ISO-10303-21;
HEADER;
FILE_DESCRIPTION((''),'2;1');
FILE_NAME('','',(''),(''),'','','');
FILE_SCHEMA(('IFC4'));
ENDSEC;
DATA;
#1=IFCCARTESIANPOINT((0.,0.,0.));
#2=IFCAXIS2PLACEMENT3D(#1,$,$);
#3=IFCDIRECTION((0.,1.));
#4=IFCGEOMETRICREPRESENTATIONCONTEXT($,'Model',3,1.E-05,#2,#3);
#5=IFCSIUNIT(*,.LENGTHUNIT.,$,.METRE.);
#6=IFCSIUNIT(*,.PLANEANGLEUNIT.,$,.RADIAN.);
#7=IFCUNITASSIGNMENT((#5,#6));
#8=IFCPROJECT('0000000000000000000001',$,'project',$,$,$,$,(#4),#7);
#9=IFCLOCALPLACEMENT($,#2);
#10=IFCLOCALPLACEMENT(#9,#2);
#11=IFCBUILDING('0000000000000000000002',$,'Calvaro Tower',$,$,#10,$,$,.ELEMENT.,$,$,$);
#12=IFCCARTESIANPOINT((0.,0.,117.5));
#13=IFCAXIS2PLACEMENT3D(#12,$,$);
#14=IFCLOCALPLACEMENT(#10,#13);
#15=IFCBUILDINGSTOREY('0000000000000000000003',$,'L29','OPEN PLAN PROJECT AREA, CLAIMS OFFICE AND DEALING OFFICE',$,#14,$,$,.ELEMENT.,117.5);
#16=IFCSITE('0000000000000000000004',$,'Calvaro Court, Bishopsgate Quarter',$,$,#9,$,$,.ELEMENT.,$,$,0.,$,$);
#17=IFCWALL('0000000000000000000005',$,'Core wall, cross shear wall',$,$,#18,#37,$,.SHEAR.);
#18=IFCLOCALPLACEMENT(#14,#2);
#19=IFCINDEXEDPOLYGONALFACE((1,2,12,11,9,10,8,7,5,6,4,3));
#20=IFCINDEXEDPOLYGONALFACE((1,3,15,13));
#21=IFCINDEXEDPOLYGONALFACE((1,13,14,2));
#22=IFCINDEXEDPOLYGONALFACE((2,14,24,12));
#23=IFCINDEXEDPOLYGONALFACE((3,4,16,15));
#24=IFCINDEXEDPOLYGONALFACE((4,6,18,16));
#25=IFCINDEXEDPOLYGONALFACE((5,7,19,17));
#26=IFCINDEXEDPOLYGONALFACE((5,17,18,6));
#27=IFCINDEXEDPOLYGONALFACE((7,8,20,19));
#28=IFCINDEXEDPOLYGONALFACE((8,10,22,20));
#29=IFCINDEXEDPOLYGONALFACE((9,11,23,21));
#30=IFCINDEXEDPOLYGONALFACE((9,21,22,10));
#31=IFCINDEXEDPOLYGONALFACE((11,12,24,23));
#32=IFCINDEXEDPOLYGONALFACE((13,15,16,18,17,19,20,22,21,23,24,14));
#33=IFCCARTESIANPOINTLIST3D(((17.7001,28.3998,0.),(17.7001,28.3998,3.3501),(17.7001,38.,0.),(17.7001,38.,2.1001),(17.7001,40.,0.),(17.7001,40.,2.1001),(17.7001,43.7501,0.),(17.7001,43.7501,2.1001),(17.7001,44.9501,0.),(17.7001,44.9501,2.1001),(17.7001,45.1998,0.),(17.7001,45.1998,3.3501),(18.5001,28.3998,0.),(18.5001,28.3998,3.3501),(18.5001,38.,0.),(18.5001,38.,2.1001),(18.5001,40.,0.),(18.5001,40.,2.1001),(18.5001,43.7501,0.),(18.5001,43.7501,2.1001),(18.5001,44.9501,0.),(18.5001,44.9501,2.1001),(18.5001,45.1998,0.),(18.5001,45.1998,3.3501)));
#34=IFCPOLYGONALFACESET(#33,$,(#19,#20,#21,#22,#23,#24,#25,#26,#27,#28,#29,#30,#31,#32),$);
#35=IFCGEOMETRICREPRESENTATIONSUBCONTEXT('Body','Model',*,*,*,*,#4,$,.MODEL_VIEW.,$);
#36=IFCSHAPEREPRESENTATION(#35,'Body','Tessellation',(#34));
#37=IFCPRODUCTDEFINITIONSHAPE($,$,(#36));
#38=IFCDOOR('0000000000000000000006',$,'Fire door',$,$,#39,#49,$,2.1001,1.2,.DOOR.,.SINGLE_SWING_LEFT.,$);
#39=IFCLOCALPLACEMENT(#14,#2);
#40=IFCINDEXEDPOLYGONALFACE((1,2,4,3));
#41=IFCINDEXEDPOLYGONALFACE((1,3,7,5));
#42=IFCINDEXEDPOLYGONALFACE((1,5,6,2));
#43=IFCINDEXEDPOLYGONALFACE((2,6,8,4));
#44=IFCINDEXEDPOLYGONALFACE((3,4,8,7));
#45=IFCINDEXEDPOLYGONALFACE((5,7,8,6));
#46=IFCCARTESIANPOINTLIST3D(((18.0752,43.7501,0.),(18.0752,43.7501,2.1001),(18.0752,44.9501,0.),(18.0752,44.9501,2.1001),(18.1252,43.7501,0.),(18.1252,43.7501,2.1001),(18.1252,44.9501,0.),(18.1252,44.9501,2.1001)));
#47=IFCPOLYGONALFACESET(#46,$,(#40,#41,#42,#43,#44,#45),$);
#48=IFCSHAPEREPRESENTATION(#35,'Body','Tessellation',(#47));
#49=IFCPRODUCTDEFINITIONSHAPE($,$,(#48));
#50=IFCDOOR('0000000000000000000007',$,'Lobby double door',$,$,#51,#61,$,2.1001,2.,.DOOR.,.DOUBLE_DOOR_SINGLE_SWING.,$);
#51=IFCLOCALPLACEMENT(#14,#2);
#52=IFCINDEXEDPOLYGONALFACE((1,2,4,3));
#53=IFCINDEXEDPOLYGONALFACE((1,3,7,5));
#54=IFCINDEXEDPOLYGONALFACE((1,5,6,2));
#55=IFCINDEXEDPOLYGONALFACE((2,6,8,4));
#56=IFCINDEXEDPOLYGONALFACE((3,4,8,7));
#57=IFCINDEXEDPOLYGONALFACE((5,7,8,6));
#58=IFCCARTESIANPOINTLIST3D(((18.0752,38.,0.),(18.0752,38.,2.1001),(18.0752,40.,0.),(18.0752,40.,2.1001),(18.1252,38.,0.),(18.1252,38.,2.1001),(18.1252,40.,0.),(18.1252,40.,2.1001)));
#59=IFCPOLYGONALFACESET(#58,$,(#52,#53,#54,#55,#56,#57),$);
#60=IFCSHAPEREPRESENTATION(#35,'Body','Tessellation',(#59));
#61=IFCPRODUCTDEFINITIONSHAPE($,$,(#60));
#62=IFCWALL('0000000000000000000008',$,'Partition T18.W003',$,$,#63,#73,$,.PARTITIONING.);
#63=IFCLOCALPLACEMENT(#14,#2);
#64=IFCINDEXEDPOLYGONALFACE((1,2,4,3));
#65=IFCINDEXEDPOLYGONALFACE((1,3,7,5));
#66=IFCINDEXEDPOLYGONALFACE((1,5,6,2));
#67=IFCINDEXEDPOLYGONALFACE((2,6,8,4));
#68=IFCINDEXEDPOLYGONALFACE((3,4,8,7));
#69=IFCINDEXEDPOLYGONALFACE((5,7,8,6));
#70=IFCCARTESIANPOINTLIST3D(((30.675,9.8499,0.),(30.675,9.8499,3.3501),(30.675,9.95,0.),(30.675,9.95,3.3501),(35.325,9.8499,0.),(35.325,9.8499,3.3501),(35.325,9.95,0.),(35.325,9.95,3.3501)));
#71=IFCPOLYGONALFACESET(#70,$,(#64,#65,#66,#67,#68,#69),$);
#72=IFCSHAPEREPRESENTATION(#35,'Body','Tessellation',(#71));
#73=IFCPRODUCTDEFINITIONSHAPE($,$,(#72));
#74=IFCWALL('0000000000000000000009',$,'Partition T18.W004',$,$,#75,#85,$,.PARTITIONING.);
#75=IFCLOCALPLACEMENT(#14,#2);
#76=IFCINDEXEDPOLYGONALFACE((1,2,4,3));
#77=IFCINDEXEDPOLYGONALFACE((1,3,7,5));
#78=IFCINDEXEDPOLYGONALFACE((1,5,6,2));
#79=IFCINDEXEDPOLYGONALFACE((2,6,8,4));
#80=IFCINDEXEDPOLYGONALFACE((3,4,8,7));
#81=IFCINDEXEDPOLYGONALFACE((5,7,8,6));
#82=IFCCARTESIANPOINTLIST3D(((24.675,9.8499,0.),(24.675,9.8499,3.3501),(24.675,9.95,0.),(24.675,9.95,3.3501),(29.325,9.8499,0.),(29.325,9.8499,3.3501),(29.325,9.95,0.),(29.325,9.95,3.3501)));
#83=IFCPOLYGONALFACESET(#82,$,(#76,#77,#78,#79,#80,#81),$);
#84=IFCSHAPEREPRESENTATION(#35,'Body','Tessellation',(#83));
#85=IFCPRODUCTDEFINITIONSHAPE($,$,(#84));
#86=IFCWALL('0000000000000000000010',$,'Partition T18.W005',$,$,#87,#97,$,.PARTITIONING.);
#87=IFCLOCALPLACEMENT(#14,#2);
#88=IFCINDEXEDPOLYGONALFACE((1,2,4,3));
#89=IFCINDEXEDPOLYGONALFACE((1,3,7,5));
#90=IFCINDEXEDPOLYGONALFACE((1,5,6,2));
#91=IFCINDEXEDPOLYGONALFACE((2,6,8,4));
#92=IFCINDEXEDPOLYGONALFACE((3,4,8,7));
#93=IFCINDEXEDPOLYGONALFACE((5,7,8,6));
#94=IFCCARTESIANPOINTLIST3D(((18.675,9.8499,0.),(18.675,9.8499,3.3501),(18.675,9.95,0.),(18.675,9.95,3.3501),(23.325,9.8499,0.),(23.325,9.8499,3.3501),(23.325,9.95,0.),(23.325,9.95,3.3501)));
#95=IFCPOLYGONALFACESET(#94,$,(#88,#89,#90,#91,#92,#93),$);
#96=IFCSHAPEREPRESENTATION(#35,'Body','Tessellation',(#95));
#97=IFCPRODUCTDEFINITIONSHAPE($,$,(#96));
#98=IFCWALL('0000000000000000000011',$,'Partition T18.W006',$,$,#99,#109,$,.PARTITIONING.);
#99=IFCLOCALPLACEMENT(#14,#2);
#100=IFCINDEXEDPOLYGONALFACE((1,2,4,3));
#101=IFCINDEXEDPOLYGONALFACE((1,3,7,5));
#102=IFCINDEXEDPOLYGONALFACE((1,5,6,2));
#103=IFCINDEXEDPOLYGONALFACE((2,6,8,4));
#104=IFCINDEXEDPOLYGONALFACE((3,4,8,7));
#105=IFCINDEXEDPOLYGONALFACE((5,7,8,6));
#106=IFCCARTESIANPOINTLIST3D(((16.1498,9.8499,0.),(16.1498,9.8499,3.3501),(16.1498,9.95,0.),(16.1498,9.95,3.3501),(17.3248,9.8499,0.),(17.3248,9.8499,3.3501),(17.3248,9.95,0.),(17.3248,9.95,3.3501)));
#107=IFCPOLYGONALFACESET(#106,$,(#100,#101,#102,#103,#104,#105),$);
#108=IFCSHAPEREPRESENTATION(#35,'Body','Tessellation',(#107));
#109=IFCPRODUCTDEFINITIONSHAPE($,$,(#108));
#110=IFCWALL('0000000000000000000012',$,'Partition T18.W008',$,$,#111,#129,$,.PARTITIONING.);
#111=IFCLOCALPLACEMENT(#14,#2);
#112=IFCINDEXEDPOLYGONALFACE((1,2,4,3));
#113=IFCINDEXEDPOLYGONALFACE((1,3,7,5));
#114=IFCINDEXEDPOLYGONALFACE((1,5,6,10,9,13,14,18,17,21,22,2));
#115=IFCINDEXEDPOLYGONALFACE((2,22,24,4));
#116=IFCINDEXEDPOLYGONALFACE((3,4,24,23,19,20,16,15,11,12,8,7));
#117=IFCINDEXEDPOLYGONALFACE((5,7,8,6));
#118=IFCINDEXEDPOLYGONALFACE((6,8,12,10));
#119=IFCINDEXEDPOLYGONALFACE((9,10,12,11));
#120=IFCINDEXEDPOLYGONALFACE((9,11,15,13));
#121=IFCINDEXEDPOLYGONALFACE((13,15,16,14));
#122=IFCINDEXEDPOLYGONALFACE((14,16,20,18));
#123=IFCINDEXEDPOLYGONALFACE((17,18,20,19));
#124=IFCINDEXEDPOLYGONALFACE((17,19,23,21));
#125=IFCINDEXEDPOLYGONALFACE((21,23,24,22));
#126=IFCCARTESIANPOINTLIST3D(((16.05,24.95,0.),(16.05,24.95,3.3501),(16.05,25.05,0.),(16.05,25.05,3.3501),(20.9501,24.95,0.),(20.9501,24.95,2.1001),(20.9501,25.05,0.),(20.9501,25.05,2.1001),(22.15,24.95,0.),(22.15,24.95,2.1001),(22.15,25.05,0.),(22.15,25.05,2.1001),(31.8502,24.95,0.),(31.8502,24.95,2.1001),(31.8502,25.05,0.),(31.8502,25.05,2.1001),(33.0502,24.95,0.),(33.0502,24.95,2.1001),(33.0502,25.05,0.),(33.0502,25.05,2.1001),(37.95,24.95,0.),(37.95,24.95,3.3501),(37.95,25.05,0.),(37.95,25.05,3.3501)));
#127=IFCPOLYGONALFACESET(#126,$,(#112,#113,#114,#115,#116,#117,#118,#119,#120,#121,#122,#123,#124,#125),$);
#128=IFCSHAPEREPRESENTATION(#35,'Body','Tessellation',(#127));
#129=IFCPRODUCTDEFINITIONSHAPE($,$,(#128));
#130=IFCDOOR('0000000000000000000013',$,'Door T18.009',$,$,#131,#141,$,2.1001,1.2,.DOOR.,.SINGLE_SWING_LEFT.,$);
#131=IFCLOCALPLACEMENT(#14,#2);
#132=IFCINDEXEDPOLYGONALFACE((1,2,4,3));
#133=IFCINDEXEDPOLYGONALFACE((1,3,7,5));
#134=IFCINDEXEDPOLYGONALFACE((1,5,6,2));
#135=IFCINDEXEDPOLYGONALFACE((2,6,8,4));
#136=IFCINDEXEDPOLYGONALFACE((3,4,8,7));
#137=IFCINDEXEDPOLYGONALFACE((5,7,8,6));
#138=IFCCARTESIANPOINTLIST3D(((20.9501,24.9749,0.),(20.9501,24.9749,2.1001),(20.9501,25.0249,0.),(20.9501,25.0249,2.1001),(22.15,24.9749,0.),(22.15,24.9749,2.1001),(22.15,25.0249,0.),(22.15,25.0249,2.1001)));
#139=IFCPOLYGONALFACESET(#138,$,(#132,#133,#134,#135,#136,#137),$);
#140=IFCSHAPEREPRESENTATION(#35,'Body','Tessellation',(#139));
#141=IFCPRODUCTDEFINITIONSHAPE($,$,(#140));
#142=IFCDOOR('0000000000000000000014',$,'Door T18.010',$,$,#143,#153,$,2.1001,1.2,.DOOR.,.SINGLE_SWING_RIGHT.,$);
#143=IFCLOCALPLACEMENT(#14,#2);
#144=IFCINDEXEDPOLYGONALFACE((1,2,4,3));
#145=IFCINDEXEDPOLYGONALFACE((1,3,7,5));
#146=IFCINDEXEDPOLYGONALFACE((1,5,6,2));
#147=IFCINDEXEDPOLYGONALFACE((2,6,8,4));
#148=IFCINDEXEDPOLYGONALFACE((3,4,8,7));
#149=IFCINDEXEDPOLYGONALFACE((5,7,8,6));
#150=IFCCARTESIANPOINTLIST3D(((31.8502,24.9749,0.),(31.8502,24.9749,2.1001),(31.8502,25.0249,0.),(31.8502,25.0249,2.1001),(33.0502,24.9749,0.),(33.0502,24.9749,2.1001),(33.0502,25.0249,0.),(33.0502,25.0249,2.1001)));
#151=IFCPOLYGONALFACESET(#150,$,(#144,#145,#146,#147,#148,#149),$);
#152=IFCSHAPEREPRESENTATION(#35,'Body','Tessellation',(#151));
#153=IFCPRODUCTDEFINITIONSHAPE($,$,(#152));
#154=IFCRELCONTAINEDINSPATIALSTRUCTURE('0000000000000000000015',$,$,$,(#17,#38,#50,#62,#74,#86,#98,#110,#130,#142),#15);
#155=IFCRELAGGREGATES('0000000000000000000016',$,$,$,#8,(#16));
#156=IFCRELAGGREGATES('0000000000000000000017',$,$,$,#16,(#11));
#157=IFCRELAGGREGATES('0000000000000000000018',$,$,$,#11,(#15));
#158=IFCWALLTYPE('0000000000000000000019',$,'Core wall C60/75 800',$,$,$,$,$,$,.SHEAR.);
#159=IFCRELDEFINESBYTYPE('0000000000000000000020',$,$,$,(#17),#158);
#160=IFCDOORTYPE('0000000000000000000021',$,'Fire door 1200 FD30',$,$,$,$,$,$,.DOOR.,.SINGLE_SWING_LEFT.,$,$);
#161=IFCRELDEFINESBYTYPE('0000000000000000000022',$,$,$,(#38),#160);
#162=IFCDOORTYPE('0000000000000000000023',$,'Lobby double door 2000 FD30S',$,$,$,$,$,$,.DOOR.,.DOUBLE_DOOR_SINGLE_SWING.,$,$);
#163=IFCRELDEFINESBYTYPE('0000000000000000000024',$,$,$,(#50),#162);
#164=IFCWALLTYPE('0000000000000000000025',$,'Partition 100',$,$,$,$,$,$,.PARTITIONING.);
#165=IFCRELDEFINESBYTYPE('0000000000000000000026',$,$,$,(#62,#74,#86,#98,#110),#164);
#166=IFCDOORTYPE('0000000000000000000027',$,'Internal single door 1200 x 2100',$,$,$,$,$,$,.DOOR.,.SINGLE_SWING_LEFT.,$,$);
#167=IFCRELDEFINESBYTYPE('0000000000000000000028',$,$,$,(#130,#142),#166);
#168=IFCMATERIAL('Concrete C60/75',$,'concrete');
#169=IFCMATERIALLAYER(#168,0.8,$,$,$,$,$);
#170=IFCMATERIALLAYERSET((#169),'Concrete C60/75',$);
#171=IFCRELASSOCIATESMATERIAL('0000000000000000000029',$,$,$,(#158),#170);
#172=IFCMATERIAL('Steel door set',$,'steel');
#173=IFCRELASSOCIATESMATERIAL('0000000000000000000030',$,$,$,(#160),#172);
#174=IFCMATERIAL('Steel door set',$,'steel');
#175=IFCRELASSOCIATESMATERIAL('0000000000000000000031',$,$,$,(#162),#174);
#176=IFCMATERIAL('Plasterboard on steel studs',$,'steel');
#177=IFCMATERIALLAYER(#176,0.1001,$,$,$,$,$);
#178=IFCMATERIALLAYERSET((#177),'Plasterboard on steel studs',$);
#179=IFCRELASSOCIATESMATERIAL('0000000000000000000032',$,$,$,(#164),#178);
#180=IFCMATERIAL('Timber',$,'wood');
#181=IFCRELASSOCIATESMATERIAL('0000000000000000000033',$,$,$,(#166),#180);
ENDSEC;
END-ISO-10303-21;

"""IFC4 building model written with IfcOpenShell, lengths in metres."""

from ifc_helpers import new_model, si_unit, direction, frame, frame_2d, origin, place, context, subcontext, project, spatial, rectangle, extrude, material, layer, layer_set, type_object, element, fill, save


model = new_model("IFC4")

# Units and contexts
model_context = context("Model", 3, precision=1e-05, world=origin(), true_north=direction((0.0, 1.0)))
body_context = subcontext(model_context, "Body", "Model", "MODEL_VIEW")
ifc_project = project(units=[si_unit("LENGTHUNIT", "METRE"), si_unit("PLANEANGLEUNIT", "RADIAN")], contexts=[model_context])

# Site, building, storey
site_placement = place(None, origin())
site = spatial("IfcSite", under=ifc_project, at=site_placement, Name="Calvaro Court, Bishopsgate Quarter", CompositionType="ELEMENT", RefElevation=0.0)
building_placement = place(site_placement, origin())
building = spatial("IfcBuilding", under=site, at=building_placement, Name="Calvaro Tower", CompositionType="ELEMENT")
storey_placement = place(building_placement, frame((0.0, 0.0, 117.5)))
storey = spatial("IfcBuildingStorey", under=building, at=storey_placement, Name="L29", Description="OPEN PLAN PROJECT AREA, CLAIMS OFFICE AND DEALING OFFICE", CompositionType="ELEMENT", Elevation=117.5)

# Wall, openings, doors
ifc_material_1 = material(Name="Concrete C60/75", Category="concrete")
ifc_layer_1 = layer(ifc_material_1, 0.8)
ifc_layer_set_1 = layer_set([ifc_layer_1], Name="Concrete C60/75")
wall_type_1 = type_object("IfcWallType", Name="Core wall C60/75 800", PredefinedType="SHEAR", material=ifc_layer_set_1)
wall_1_placement = place(storey_placement, frame((18.1001, 28.3999, 0.0), z_axis=(0.0, 0.0, 1.0), x_axis=(0.0, 1.0, 0.0)))
wall_1 = element("IfcWall", 1, at=wall_1_placement, inside=storey, type_object=wall_type_1, Name="Core wall, cross shear wall", PredefinedType="SHEAR", context=body_context, shape_type="SweptSolid", body=[
    extrude(rectangle(XDim=16.8, YDim=0.8, at=frame_2d((8.3999, 0.0))), origin(), (0.0, 0.0, 1.0), 3.3501),
])
opening_1_placement = place(wall_1_placement, frame((9.6001, 0.0, 0.0)))
opening_1 = element("IfcOpeningElement", 2, at=opening_1_placement, cuts=wall_1, PredefinedType="OPENING", context=body_context, shape_type="SweptSolid", body=[
    extrude(rectangle(XDim=2.0, YDim=2.1001, at=frame_2d((1.0, 1.05))), frame((0.0, 0.4099, 0.0), z_axis=(0.0, -1.0, 0.0), x_axis=(1.0, 0.0, 0.0)), (0.0, 0.0, 1.0), 0.8201),
])
opening_2_placement = place(wall_1_placement, frame((15.3501, 0.0, 0.0)))
opening_2 = element("IfcOpeningElement", 3, at=opening_2_placement, cuts=wall_1, PredefinedType="OPENING", context=body_context, shape_type="SweptSolid", body=[
    extrude(rectangle(XDim=1.2, YDim=2.1001, at=frame_2d((0.6001, 1.05))), frame((0.0, 0.4099, 0.0), z_axis=(0.0, -1.0, 0.0), x_axis=(1.0, 0.0, 0.0)), (0.0, 0.0, 1.0), 0.8201),
])
ifc_material_2 = material(Name="Steel door set", Category="steel")
door_type_1 = type_object("IfcDoorType", Name="Fire door 1200 FD30", OperationType="SINGLE_SWING_LEFT", PredefinedType="DOOR", material=ifc_material_2)
door_1_placement = place(opening_2_placement, origin())
door_1 = element("IfcDoor", 4, at=door_1_placement, inside=storey, type_object=door_type_1, Name="Fire door", OperationType="SINGLE_SWING_LEFT", OverallHeight=2.1001, OverallWidth=1.2, PredefinedType="DOOR", context=body_context, shape_type="SweptSolid", body=[
    extrude(rectangle(XDim=1.2, YDim=2.1001, at=frame_2d((0.6001, 1.05))), frame((0.0, 0.0249, 0.0), z_axis=(0.0, -1.0, 0.0), x_axis=(1.0, 0.0, 0.0)), (0.0, 0.0, 1.0), 0.05),
])
fill(opening_2, door_1)
ifc_material_3 = material(Name="Steel door set", Category="steel")
door_type_2 = type_object("IfcDoorType", Name="Lobby double door 2000 FD30S", OperationType="DOUBLE_DOOR_SINGLE_SWING", PredefinedType="DOOR", material=ifc_material_3)
door_2_placement = place(opening_1_placement, origin())
door_2 = element("IfcDoor", 5, at=door_2_placement, inside=storey, type_object=door_type_2, Name="Lobby double door", OperationType="DOUBLE_DOOR_SINGLE_SWING", OverallHeight=2.1001, OverallWidth=2.0, PredefinedType="DOOR", context=body_context, shape_type="SweptSolid", body=[
    extrude(rectangle(XDim=2.0, YDim=2.1001, at=frame_2d((1.0, 1.05))), frame((0.0, 0.0249, 0.0), z_axis=(0.0, -1.0, 0.0), x_axis=(1.0, 0.0, 0.0)), (0.0, 0.0, 1.0), 0.05),
])
fill(opening_1, door_2)

# Walls
ifc_material_4 = material(Name="Plasterboard on steel studs", Category="steel")
ifc_layer_2 = layer(ifc_material_4, 0.1001)
ifc_layer_set_2 = layer_set([ifc_layer_2], Name="Plasterboard on steel studs")
wall_type_2 = type_object("IfcWallType", Name="Partition 100", PredefinedType="PARTITIONING", material=ifc_layer_set_2)
for number, where, z_axis, x_axis, name in (
    (6, (30.675, 9.8999, 0.0), (0.0, 0.0, 1.0), (1.0, 0.0, 0.0), "Partition T18.W003"),
    (7, (24.675, 9.8999, 0.0), (0.0, 0.0, 1.0), (1.0, 0.0, 0.0), "Partition T18.W004"),
    (8, (18.675, 9.8999, 0.0), (0.0, 0.0, 1.0), (1.0, 0.0, 0.0), "Partition T18.W005"),
):
    element("IfcWall", number, at=place(storey_placement, frame(where, z_axis=z_axis, x_axis=x_axis)), inside=storey, type_object=wall_type_2, Name=name, PredefinedType="PARTITIONING", context=body_context, shape_type="SweptSolid", body=[
        extrude(rectangle(XDim=4.6499, YDim=0.1001, at=frame_2d((2.325, 0.0))), origin(), (0.0, 0.0, 1.0), 3.3501),
    ])
wall_2_placement = place(storey_placement, frame((16.1499, 9.8999, 0.0), z_axis=(0.0, 0.0, 1.0), x_axis=(1.0, 0.0, 0.0)))
element("IfcWall", 9, at=wall_2_placement, inside=storey, type_object=wall_type_2, Name="Partition T18.W006", PredefinedType="PARTITIONING", context=body_context, shape_type="SweptSolid", body=[
    extrude(rectangle(XDim=1.175, YDim=0.1001, at=frame_2d((0.5874, 0.0))), origin(), (0.0, 0.0, 1.0), 3.3501),
])

# Wall, openings, doors
wall_3_placement = place(storey_placement, frame((16.05, 25.0, 0.0), z_axis=(0.0, 0.0, 1.0), x_axis=(1.0, 0.0, 0.0)))
wall_3 = element("IfcWall", 10, at=wall_3_placement, inside=storey, type_object=wall_type_2, Name="Partition T18.W008", PredefinedType="PARTITIONING", context=body_context, shape_type="SweptSolid", body=[
    extrude(rectangle(XDim=21.8999, YDim=0.1001, at=frame_2d((10.95, 0.0))), origin(), (0.0, 0.0, 1.0), 3.3501),
])
opening_3_placement = place(wall_3_placement, frame((4.8999, 0.0, 0.0)))
opening_3 = element("IfcOpeningElement", 11, at=opening_3_placement, cuts=wall_3, PredefinedType="OPENING", context=body_context, shape_type="SweptSolid", body=[
    extrude(rectangle(XDim=1.2, YDim=2.1001, at=frame_2d((0.6001, 1.05))), frame((0.0, 0.0601, 0.0), z_axis=(0.0, -1.0, 0.0), x_axis=(1.0, 0.0, 0.0)), (0.0, 0.0, 1.0), 0.1201),
])
opening_4_placement = place(wall_3_placement, frame((15.8, 0.0, 0.0)))
opening_4 = element("IfcOpeningElement", 12, at=opening_4_placement, cuts=wall_3, PredefinedType="OPENING", context=body_context, shape_type="SweptSolid", body=[
    extrude(rectangle(XDim=1.2, YDim=2.1001, at=frame_2d((0.6001, 1.05))), frame((0.0, 0.0601, 0.0), z_axis=(0.0, -1.0, 0.0), x_axis=(1.0, 0.0, 0.0)), (0.0, 0.0, 1.0), 0.1201),
])
ifc_material_5 = material(Name="Timber", Category="wood")
door_type_3 = type_object("IfcDoorType", Name="Internal single door 1200 x 2100", OperationType="SINGLE_SWING_LEFT", PredefinedType="DOOR", material=ifc_material_5)
door_3_placement = place(opening_3_placement, origin())
door_3 = element("IfcDoor", 13, at=door_3_placement, inside=storey, type_object=door_type_3, Name="Door T18.009", OperationType="SINGLE_SWING_LEFT", OverallHeight=2.1001, OverallWidth=1.2, PredefinedType="DOOR", context=body_context, shape_type="SweptSolid", body=[
    extrude(rectangle(XDim=1.2, YDim=2.1001, at=frame_2d((0.6001, 1.05))), frame((0.0, 0.0249, 0.0), z_axis=(0.0, -1.0, 0.0), x_axis=(1.0, 0.0, 0.0)), (0.0, 0.0, 1.0), 0.05),
])
fill(opening_3, door_3)
door_4_placement = place(opening_4_placement, origin())
door_4 = element("IfcDoor", 14, at=door_4_placement, inside=storey, type_object=door_type_3, Name="Door T18.010", OperationType="SINGLE_SWING_RIGHT", OverallHeight=2.1001, OverallWidth=1.2, PredefinedType="DOOR", context=body_context, shape_type="SweptSolid", body=[
    extrude(rectangle(XDim=1.2, YDim=2.1001, at=frame_2d((0.6001, 1.05))), frame((0.0, 0.0249, 0.0), z_axis=(0.0, -1.0, 0.0), x_axis=(1.0, 0.0, 0.0)), (0.0, 0.0, 1.0), 0.05),
])
fill(opening_4, door_4)

save(model, "model.ifc")
